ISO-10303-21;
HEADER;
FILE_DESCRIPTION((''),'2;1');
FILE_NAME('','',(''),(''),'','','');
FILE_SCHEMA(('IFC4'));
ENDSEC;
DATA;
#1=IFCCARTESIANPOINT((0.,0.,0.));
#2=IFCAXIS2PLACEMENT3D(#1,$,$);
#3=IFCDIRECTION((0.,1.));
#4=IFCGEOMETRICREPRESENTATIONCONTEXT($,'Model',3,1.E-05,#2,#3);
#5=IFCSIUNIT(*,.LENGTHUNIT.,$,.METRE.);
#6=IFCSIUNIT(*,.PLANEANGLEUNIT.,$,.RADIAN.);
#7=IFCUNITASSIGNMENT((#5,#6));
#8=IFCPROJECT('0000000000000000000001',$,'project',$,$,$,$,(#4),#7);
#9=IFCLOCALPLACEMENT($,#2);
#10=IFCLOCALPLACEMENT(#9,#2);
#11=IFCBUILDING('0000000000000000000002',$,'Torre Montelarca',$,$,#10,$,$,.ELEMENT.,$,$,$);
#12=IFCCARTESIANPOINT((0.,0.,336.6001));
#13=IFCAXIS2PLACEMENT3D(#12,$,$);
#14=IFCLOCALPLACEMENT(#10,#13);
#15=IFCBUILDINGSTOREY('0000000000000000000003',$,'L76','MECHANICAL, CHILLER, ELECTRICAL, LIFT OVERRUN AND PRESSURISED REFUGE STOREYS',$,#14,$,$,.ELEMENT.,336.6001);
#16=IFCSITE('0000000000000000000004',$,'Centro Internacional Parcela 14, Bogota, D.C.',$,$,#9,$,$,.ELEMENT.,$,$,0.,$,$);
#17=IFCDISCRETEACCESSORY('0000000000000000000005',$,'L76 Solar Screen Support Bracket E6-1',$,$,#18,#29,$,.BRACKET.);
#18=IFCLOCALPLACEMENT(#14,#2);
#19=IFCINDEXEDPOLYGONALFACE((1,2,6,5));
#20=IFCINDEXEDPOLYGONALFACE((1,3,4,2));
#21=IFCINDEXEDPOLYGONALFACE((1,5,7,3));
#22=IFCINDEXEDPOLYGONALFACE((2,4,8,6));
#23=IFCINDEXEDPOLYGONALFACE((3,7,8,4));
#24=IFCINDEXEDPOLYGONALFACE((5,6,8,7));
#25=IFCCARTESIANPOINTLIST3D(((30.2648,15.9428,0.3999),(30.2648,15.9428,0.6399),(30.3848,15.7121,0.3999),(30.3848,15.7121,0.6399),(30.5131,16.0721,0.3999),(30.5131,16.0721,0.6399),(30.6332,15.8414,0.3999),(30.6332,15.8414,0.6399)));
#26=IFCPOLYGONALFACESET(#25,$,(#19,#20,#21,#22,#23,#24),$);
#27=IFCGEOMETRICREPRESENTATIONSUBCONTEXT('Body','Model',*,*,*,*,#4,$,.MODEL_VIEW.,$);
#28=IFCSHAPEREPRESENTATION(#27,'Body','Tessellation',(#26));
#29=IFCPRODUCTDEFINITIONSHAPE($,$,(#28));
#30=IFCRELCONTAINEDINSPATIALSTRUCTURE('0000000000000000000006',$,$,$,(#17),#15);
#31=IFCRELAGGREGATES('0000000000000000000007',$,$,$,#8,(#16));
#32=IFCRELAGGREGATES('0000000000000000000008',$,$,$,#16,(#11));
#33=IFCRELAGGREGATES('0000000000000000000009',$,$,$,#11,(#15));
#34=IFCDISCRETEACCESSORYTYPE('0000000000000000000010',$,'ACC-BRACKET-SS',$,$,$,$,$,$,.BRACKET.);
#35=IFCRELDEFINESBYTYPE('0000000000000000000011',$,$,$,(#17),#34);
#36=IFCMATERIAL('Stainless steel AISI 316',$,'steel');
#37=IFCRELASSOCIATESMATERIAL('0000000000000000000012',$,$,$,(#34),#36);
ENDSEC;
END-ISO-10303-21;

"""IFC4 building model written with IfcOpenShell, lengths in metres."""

from ifc_helpers import new_model, si_unit, direction, frame, origin, origin_2d, place, context, subcontext, project, spatial, rectangle, extrude, source, transform, mapped, material, type_object, element, save


model = new_model("IFC4")

# Units and contexts
model_context = context("Model", 3, precision=1e-05, world=origin(), true_north=direction((0.0, 1.0)))
body_context = subcontext(model_context, "Body", "Model", "MODEL_VIEW")
ifc_project = project(units=[si_unit("LENGTHUNIT", "METRE"), si_unit("PLANEANGLEUNIT", "RADIAN")], contexts=[model_context])

# Site, building, storey
site_placement = place(None, origin())
site = spatial("IfcSite", under=ifc_project, at=site_placement, Name="Centro Internacional Parcela 14, Bogota, D.C.", CompositionType="ELEMENT", RefElevation=0.0)
building_placement = place(site_placement, origin())
building = spatial("IfcBuilding", under=site, at=building_placement, Name="Torre Montelarca", CompositionType="ELEMENT")
storey_placement = place(building_placement, frame((0.0, 0.0, 336.6001)))
storey = spatial("IfcBuildingStorey", under=building, at=storey_placement, Name="L76", Description="MECHANICAL, CHILLER, ELECTRICAL, LIFT OVERRUN AND PRESSURISED REFUGE STOREYS", CompositionType="ELEMENT", Elevation=336.6001)

# Discrete accessory
ifc_material_1 = material(Name="Stainless steel AISI 316", Category="steel")
discrete_accessory_type = type_object("IfcDiscreteAccessoryType", Name="ACC-BRACKET-SS", PredefinedType="BRACKET", material=ifc_material_1)
shared_shape_1 = source(origin(), body_context, "Body", "SweptSolid", [
    extrude(rectangle(XDim=0.28, YDim=0.26, at=origin_2d()), origin(), (0.0, 0.0, 1.0), 0.24),
])
discrete_accessory_placement = place(storey_placement, frame((30.449, 15.8921, 0.3999), z_axis=(0.0, 0.0, 1.0), x_axis=(0.887011, 0.461749, 0.0)))
element("IfcDiscreteAccessory", 1, at=discrete_accessory_placement, inside=storey, type_object=discrete_accessory_type, Name="L76 Solar Screen Support Bracket E6-1", PredefinedType="BRACKET", context=body_context, shape_type="MappedRepresentation", body=[
    mapped(shared_shape_1, transform((0.0, 0.0, 0.0), scale=1.0)),
])

save(model, "model.ifc")
